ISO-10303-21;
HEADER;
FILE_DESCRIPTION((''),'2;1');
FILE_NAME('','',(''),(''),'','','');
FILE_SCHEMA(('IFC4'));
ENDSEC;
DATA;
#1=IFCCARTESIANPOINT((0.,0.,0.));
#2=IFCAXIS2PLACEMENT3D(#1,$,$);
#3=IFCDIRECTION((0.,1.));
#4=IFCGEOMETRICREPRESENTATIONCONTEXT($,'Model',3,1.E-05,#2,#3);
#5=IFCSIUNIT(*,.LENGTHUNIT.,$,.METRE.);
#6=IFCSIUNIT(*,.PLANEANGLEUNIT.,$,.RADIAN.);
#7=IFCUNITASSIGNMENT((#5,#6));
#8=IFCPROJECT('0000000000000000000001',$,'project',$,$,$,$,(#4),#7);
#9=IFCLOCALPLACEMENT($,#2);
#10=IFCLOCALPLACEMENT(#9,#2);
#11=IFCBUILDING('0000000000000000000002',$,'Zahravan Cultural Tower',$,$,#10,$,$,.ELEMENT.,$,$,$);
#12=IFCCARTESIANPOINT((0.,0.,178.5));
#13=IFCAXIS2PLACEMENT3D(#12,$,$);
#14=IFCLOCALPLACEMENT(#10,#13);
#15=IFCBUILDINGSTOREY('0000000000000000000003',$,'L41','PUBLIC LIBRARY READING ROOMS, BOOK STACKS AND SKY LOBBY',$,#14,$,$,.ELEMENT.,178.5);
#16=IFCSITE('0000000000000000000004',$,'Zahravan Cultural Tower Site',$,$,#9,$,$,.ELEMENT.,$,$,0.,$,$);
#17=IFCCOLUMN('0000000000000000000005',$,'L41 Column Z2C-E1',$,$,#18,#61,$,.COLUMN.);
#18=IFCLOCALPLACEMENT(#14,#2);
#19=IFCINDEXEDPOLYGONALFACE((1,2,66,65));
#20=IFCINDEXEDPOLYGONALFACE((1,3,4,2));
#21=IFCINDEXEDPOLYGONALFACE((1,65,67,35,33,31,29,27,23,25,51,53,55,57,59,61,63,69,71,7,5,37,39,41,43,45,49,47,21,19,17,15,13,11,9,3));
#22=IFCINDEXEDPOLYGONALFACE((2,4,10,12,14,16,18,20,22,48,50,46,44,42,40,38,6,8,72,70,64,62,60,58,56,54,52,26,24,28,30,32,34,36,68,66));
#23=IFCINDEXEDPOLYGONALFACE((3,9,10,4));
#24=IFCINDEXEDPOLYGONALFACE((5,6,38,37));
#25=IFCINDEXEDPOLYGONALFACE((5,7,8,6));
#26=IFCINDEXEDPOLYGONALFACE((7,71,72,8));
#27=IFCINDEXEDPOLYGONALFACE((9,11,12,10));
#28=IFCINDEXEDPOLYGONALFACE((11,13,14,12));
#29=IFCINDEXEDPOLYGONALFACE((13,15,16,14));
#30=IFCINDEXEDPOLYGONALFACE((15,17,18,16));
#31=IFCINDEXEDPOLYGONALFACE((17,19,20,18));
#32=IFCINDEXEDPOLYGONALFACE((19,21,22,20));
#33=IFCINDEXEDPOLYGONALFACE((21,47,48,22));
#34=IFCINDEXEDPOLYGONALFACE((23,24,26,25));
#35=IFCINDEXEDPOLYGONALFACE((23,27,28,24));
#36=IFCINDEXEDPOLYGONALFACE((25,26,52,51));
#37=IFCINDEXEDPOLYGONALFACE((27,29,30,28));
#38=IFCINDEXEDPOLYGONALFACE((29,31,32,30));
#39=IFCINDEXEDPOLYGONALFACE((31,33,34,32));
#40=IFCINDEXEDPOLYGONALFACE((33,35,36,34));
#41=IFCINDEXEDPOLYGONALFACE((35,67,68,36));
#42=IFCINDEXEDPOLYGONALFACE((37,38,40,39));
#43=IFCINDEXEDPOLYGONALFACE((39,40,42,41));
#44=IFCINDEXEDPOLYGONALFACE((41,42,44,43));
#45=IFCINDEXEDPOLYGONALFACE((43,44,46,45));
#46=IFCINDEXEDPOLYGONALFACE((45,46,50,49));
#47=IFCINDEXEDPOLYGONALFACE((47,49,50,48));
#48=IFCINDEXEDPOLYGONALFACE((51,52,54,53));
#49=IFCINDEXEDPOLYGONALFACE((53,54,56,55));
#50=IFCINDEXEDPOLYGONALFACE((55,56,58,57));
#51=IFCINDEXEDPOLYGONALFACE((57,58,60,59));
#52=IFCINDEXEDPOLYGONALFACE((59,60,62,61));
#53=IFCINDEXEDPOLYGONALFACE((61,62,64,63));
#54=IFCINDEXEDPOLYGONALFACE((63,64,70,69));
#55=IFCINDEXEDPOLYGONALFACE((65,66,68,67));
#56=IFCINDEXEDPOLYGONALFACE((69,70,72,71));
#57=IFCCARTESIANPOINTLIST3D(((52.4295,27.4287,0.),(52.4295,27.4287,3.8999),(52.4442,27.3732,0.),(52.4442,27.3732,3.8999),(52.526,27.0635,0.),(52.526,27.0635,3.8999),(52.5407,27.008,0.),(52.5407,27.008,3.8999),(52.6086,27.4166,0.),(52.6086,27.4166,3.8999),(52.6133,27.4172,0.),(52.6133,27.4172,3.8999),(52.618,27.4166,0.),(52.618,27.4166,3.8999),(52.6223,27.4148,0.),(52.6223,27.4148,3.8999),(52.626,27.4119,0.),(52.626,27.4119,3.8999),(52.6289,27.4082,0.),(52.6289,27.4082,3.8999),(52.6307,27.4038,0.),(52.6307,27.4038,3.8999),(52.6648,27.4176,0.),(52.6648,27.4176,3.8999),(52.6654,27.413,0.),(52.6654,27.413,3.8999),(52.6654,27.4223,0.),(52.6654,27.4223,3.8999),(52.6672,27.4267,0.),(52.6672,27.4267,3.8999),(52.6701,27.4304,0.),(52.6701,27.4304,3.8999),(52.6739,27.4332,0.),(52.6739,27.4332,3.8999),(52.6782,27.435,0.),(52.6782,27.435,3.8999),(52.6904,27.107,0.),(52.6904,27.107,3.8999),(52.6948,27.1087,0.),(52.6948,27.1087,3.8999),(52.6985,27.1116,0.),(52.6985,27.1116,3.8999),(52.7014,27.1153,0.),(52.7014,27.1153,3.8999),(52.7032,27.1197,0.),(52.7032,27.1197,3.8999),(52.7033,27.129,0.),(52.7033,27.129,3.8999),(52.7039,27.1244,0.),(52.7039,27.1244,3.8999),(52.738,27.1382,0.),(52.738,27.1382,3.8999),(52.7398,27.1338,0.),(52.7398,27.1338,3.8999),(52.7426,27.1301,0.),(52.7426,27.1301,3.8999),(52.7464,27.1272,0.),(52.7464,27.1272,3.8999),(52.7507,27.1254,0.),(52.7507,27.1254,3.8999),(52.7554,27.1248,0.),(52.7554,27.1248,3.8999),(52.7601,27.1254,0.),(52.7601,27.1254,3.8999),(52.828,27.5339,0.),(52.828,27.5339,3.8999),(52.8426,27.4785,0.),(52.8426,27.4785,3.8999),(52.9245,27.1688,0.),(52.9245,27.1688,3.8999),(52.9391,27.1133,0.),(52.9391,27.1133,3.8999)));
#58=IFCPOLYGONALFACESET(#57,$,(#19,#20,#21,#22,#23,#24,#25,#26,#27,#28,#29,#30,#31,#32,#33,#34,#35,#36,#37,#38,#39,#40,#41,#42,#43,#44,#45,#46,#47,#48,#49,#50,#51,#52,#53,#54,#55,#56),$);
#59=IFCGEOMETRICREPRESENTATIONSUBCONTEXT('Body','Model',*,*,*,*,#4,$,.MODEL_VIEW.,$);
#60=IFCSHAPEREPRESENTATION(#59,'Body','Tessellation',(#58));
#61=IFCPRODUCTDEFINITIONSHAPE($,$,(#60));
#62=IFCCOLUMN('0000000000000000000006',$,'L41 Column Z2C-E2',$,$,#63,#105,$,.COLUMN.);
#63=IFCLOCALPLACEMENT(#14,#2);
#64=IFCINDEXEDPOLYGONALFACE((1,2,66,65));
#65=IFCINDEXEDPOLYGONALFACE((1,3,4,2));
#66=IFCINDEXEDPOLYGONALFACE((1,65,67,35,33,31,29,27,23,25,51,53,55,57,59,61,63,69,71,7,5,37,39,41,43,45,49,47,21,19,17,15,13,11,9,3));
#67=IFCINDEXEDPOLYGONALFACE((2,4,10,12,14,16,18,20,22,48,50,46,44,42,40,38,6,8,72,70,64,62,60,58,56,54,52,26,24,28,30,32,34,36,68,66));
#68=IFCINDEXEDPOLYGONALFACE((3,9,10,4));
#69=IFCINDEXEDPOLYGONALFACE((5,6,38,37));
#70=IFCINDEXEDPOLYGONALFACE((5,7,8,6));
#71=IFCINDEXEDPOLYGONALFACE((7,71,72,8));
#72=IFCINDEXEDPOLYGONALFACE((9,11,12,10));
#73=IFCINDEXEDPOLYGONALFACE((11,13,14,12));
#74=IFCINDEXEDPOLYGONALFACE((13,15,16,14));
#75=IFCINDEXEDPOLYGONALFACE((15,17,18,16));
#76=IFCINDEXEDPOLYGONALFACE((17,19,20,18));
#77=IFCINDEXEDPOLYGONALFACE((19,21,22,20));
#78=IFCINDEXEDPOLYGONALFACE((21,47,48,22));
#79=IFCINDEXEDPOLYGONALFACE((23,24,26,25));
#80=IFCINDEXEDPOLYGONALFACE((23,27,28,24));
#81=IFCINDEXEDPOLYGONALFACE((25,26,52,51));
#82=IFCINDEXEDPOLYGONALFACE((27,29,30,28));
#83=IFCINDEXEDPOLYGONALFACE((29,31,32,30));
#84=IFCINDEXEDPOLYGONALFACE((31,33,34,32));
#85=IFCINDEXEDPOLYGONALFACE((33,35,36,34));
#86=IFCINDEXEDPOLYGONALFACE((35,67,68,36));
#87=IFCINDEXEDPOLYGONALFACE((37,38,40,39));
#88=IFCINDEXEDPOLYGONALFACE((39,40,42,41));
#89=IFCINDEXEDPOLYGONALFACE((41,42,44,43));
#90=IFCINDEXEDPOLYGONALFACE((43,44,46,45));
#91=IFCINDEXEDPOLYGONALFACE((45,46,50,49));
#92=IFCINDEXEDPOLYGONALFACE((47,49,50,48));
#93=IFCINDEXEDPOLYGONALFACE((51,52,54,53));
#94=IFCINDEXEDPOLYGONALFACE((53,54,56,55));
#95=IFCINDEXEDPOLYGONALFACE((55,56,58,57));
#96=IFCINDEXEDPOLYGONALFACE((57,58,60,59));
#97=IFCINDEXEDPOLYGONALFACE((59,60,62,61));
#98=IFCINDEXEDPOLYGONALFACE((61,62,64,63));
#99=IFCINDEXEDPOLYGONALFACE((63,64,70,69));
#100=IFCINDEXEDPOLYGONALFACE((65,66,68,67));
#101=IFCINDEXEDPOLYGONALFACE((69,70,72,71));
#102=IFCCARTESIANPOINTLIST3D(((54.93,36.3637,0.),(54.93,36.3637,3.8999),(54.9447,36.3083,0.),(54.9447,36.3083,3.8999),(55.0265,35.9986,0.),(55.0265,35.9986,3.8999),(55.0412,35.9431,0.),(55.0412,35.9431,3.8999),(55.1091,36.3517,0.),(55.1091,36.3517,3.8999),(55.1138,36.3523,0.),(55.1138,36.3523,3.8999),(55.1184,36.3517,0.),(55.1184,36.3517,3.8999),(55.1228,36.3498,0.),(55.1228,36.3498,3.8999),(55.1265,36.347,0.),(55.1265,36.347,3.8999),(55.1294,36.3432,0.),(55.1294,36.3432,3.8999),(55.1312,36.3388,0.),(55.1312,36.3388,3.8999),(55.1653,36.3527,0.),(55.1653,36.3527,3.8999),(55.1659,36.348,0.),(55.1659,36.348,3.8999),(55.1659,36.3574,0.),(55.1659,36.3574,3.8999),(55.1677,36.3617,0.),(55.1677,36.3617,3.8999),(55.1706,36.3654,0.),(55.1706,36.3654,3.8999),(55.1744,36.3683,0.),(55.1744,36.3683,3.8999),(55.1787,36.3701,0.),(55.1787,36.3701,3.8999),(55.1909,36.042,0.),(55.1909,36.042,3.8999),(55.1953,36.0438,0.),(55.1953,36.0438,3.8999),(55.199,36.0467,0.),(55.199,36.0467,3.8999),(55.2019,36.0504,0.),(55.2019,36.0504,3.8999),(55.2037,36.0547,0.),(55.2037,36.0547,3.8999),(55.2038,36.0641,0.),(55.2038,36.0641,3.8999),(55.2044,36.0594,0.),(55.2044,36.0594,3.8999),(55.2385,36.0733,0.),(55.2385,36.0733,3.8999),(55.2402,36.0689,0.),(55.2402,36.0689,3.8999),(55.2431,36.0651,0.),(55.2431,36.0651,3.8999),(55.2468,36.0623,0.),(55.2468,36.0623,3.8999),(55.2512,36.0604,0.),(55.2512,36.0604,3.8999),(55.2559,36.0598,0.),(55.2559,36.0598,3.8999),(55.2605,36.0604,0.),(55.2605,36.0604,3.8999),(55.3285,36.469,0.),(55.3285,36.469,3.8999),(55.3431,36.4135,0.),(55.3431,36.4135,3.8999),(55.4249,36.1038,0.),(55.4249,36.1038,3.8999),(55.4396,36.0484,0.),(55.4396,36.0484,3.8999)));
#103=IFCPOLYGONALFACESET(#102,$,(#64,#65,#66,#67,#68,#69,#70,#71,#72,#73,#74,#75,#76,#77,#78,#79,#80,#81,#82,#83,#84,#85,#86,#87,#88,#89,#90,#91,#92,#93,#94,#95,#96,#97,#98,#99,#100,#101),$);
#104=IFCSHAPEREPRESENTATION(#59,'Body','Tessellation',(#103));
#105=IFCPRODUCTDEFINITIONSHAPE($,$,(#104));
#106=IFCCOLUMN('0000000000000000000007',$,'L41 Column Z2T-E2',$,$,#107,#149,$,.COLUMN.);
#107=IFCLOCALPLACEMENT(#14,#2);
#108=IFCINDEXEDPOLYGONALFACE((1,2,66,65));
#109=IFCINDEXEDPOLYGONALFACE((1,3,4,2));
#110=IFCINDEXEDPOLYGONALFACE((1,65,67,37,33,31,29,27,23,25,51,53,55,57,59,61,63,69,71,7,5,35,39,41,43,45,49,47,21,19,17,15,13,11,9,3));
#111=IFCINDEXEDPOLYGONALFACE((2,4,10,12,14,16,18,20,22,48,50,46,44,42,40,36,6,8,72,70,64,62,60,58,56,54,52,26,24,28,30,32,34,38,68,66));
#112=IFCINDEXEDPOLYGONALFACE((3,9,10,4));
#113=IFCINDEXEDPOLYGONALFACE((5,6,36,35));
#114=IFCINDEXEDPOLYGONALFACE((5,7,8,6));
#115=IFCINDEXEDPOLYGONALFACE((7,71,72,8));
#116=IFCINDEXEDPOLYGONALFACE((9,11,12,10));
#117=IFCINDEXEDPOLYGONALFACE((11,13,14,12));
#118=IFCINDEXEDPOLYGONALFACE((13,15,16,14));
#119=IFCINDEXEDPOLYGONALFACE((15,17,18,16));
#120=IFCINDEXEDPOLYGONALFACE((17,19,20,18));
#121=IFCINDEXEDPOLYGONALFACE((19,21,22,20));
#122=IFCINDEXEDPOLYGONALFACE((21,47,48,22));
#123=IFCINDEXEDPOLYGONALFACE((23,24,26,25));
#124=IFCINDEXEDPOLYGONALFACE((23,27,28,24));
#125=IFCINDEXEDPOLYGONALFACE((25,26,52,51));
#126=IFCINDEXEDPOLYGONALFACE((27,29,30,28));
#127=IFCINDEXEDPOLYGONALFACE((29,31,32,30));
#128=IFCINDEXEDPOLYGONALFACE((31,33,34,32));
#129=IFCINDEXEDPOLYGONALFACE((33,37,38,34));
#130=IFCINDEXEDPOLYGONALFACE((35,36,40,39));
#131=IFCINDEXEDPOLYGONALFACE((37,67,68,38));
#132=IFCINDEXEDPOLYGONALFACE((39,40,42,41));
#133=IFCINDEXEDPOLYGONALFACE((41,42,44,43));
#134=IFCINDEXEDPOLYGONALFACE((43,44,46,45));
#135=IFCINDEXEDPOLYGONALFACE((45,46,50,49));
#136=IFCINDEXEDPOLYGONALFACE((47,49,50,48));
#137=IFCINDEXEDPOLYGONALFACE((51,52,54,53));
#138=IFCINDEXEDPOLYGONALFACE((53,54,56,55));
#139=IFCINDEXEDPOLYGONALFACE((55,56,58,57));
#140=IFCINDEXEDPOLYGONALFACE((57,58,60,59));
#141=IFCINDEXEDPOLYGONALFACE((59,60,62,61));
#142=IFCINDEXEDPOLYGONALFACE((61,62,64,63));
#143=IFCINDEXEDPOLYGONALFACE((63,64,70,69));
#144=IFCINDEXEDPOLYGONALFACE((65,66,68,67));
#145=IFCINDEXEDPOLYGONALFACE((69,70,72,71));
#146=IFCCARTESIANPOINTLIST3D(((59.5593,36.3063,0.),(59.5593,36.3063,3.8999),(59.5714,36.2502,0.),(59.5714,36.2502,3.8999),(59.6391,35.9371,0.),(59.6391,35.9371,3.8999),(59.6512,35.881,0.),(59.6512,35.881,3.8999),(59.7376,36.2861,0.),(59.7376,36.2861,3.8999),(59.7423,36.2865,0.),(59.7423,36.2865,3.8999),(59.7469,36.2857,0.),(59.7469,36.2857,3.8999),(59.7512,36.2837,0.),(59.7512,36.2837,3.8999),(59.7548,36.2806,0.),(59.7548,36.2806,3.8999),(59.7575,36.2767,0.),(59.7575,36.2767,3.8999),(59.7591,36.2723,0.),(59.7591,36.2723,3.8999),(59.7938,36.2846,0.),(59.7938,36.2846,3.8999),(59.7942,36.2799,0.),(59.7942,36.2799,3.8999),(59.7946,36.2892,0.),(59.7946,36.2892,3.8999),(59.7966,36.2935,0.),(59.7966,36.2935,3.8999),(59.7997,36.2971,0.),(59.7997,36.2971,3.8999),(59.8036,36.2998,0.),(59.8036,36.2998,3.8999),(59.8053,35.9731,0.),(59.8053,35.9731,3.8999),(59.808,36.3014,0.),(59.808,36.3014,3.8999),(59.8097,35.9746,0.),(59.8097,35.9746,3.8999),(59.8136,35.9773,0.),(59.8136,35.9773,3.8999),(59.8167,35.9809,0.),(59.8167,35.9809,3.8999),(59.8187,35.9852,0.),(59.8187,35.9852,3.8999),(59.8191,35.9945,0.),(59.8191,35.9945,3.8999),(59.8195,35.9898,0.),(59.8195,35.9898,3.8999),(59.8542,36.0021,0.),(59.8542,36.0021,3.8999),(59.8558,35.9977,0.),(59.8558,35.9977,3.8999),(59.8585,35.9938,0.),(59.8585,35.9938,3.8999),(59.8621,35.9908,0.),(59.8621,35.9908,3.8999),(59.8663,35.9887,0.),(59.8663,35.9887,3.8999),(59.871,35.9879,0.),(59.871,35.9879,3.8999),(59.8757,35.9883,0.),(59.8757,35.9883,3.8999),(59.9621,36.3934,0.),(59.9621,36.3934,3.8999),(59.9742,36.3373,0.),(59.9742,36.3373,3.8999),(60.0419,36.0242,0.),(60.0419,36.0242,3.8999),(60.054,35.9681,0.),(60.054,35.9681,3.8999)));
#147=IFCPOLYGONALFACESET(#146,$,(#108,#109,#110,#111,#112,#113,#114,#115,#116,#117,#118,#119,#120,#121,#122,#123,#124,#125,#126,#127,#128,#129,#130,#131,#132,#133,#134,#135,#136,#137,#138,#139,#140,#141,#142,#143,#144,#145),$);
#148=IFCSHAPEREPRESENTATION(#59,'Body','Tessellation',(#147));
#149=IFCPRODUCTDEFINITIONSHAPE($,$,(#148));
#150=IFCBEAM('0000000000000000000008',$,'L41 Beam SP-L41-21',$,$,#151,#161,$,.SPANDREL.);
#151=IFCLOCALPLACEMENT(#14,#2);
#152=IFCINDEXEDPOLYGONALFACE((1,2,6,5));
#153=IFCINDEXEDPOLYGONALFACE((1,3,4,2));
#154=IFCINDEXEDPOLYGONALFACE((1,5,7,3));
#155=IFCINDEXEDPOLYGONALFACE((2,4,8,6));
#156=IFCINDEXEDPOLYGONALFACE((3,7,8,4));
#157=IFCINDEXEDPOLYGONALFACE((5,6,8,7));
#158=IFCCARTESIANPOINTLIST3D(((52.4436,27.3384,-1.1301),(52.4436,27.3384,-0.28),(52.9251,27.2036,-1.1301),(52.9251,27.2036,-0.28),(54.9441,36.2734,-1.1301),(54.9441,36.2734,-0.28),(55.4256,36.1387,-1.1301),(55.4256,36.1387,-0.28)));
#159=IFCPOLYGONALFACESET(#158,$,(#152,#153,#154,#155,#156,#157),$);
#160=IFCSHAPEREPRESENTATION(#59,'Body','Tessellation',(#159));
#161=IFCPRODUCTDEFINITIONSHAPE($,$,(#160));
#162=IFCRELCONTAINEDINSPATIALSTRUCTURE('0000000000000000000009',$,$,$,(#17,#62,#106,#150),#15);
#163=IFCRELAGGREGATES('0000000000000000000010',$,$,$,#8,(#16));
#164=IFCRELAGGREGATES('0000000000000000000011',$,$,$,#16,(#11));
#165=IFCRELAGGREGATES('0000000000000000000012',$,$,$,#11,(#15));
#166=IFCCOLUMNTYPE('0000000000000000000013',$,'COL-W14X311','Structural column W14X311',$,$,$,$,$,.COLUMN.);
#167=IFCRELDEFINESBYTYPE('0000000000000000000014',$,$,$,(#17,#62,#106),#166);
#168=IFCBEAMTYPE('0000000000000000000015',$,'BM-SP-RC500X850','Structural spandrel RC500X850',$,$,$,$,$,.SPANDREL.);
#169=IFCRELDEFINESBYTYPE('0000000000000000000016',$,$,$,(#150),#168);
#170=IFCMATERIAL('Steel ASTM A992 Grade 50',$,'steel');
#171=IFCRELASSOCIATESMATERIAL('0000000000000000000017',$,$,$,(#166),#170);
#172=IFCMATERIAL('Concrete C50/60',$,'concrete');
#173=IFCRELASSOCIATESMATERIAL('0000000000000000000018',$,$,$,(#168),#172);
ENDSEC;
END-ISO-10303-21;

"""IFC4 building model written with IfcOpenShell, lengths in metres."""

from ifc_helpers import new_model, si_unit, direction, frame, origin, origin_2d, place, context, subcontext, project, spatial, rectangle, i_section, extrude, source, transform, mapped, material, material_profile, profile_set, type_object, element, save


model = new_model("IFC4")

# Units and contexts
model_context = context("Model", 3, precision=1e-05, world=origin(), true_north=direction((0.0, 1.0)))
body_context = subcontext(model_context, "Body", "Model", "MODEL_VIEW")
ifc_project = project(units=[si_unit("LENGTHUNIT", "METRE"), si_unit("PLANEANGLEUNIT", "RADIAN")], contexts=[model_context])

# Site, building, storey
site_placement = place(None, origin())
site = spatial("IfcSite", under=ifc_project, at=site_placement, Name="Zahravan Cultural Tower Site", CompositionType="ELEMENT", RefElevation=0.0)
building_placement = place(site_placement, origin())
building = spatial("IfcBuilding", under=site, at=building_placement, Name="Zahravan Cultural Tower", CompositionType="ELEMENT")
storey_placement = place(building_placement, frame((0.0, 0.0, 178.5)))
storey = spatial("IfcBuildingStorey", under=building, at=storey_placement, Name="L41", Description="PUBLIC LIBRARY READING ROOMS, BOOK STACKS AND SKY LOBBY", CompositionType="ELEMENT", Elevation=178.5)

# Columns
ifc_material_1 = material(Name="Steel ASTM A992 Grade 50", Category="steel")
ifc_material_profile_1 = material_profile(ifc_material_1, i_section(OverallWidth=0.4121, OverallDepth=0.4351, WebThickness=0.0359, FlangeThickness=0.0574, FilletRadius=0.0181, at=origin_2d()), Name="W14X311")
ifc_profile_set_1 = profile_set([ifc_material_profile_1], Name="Steel ASTM A992 Grade 50")
column_type = type_object("IfcColumnType", Name="COL-W14X311", Description="Structural column W14X311", PredefinedType="COLUMN", material=ifc_profile_set_1)
shared_shape_1 = source(origin(), body_context, "Body", "SweptSolid", [
    extrude(i_section(OverallWidth=0.4121, OverallDepth=0.4351, WebThickness=0.0359, FlangeThickness=0.0574, FilletRadius=0.0181, at=origin_2d()), origin(), (0.0, 0.0, 1.0), 3.8999),
])
for number, where, z_axis, x_axis, name in (
    (1, (52.6843, 27.271, 0.0), (0.0, 0.0, 1.0), (0.966823, 0.255446, 0.0), "L41 Column Z2C-E1"),
    (2, (55.1848, 36.2061, 0.0), (0.0, 0.0, 1.0), (0.966823, 0.255446, 0.0), "L41 Column Z2C-E2"),
    (3, (59.8066, 36.1372, 0.0), (0.0, 0.0, 1.0), (0.977416, 0.211325, 0.0), "L41 Column Z2T-E2"),
):
    element("IfcColumn", number, at=place(storey_placement, frame(where, z_axis=z_axis, x_axis=x_axis)), inside=storey, type_object=column_type, Name=name, PredefinedType="COLUMN", context=body_context, shape_type="MappedRepresentation", body=[
        mapped(shared_shape_1, transform((0.0, 0.0, 0.0), x_axis=(1.0, 0.0, 0.0), y_axis=(0.0, 1.0, 0.0), z_axis=(0.0, 0.0, 1.0), scale=1.0)),
    ])

# Beam
ifc_material_2 = material(Name="Concrete C50/60", Category="concrete")
ifc_material_profile_2 = material_profile(ifc_material_2, rectangle(XDim=0.5, YDim=0.8501, at=origin_2d()), Name="RC500X850")
ifc_profile_set_2 = profile_set([ifc_material_profile_2], Name="Concrete C50/60")
beam_type_1 = type_object("IfcBeamType", Name="BM-SP-RC500X850", Description="Structural spandrel RC500X850", PredefinedType="SPANDREL", material=ifc_profile_set_2)
shared_shape_2 = source(origin(), body_context, "Body", "SweptSolid", [
    extrude(rectangle(XDim=0.5, YDim=0.8501, at=origin_2d()), origin(), (0.0, 0.0, 1.0), 9.2783),
])
beam_1_placement = place(storey_placement, frame((52.6843, 27.271, -0.7051), z_axis=(0.269497, 0.963001, 0.0), x_axis=(-0.963001, 0.269497, 0.0)))
element("IfcBeam", 4, at=beam_1_placement, inside=storey, type_object=beam_type_1, Name="L41 Beam SP-L41-21", PredefinedType="SPANDREL", context=body_context, shape_type="MappedRepresentation", body=[
    mapped(shared_shape_2, transform((0.0, 0.0, 0.0), x_axis=(1.0, 0.0, 0.0), y_axis=(0.0, 1.0, 0.0), z_axis=(0.0, 0.0, 1.0), scale=1.0)),
])

save(model, "model.ifc")
